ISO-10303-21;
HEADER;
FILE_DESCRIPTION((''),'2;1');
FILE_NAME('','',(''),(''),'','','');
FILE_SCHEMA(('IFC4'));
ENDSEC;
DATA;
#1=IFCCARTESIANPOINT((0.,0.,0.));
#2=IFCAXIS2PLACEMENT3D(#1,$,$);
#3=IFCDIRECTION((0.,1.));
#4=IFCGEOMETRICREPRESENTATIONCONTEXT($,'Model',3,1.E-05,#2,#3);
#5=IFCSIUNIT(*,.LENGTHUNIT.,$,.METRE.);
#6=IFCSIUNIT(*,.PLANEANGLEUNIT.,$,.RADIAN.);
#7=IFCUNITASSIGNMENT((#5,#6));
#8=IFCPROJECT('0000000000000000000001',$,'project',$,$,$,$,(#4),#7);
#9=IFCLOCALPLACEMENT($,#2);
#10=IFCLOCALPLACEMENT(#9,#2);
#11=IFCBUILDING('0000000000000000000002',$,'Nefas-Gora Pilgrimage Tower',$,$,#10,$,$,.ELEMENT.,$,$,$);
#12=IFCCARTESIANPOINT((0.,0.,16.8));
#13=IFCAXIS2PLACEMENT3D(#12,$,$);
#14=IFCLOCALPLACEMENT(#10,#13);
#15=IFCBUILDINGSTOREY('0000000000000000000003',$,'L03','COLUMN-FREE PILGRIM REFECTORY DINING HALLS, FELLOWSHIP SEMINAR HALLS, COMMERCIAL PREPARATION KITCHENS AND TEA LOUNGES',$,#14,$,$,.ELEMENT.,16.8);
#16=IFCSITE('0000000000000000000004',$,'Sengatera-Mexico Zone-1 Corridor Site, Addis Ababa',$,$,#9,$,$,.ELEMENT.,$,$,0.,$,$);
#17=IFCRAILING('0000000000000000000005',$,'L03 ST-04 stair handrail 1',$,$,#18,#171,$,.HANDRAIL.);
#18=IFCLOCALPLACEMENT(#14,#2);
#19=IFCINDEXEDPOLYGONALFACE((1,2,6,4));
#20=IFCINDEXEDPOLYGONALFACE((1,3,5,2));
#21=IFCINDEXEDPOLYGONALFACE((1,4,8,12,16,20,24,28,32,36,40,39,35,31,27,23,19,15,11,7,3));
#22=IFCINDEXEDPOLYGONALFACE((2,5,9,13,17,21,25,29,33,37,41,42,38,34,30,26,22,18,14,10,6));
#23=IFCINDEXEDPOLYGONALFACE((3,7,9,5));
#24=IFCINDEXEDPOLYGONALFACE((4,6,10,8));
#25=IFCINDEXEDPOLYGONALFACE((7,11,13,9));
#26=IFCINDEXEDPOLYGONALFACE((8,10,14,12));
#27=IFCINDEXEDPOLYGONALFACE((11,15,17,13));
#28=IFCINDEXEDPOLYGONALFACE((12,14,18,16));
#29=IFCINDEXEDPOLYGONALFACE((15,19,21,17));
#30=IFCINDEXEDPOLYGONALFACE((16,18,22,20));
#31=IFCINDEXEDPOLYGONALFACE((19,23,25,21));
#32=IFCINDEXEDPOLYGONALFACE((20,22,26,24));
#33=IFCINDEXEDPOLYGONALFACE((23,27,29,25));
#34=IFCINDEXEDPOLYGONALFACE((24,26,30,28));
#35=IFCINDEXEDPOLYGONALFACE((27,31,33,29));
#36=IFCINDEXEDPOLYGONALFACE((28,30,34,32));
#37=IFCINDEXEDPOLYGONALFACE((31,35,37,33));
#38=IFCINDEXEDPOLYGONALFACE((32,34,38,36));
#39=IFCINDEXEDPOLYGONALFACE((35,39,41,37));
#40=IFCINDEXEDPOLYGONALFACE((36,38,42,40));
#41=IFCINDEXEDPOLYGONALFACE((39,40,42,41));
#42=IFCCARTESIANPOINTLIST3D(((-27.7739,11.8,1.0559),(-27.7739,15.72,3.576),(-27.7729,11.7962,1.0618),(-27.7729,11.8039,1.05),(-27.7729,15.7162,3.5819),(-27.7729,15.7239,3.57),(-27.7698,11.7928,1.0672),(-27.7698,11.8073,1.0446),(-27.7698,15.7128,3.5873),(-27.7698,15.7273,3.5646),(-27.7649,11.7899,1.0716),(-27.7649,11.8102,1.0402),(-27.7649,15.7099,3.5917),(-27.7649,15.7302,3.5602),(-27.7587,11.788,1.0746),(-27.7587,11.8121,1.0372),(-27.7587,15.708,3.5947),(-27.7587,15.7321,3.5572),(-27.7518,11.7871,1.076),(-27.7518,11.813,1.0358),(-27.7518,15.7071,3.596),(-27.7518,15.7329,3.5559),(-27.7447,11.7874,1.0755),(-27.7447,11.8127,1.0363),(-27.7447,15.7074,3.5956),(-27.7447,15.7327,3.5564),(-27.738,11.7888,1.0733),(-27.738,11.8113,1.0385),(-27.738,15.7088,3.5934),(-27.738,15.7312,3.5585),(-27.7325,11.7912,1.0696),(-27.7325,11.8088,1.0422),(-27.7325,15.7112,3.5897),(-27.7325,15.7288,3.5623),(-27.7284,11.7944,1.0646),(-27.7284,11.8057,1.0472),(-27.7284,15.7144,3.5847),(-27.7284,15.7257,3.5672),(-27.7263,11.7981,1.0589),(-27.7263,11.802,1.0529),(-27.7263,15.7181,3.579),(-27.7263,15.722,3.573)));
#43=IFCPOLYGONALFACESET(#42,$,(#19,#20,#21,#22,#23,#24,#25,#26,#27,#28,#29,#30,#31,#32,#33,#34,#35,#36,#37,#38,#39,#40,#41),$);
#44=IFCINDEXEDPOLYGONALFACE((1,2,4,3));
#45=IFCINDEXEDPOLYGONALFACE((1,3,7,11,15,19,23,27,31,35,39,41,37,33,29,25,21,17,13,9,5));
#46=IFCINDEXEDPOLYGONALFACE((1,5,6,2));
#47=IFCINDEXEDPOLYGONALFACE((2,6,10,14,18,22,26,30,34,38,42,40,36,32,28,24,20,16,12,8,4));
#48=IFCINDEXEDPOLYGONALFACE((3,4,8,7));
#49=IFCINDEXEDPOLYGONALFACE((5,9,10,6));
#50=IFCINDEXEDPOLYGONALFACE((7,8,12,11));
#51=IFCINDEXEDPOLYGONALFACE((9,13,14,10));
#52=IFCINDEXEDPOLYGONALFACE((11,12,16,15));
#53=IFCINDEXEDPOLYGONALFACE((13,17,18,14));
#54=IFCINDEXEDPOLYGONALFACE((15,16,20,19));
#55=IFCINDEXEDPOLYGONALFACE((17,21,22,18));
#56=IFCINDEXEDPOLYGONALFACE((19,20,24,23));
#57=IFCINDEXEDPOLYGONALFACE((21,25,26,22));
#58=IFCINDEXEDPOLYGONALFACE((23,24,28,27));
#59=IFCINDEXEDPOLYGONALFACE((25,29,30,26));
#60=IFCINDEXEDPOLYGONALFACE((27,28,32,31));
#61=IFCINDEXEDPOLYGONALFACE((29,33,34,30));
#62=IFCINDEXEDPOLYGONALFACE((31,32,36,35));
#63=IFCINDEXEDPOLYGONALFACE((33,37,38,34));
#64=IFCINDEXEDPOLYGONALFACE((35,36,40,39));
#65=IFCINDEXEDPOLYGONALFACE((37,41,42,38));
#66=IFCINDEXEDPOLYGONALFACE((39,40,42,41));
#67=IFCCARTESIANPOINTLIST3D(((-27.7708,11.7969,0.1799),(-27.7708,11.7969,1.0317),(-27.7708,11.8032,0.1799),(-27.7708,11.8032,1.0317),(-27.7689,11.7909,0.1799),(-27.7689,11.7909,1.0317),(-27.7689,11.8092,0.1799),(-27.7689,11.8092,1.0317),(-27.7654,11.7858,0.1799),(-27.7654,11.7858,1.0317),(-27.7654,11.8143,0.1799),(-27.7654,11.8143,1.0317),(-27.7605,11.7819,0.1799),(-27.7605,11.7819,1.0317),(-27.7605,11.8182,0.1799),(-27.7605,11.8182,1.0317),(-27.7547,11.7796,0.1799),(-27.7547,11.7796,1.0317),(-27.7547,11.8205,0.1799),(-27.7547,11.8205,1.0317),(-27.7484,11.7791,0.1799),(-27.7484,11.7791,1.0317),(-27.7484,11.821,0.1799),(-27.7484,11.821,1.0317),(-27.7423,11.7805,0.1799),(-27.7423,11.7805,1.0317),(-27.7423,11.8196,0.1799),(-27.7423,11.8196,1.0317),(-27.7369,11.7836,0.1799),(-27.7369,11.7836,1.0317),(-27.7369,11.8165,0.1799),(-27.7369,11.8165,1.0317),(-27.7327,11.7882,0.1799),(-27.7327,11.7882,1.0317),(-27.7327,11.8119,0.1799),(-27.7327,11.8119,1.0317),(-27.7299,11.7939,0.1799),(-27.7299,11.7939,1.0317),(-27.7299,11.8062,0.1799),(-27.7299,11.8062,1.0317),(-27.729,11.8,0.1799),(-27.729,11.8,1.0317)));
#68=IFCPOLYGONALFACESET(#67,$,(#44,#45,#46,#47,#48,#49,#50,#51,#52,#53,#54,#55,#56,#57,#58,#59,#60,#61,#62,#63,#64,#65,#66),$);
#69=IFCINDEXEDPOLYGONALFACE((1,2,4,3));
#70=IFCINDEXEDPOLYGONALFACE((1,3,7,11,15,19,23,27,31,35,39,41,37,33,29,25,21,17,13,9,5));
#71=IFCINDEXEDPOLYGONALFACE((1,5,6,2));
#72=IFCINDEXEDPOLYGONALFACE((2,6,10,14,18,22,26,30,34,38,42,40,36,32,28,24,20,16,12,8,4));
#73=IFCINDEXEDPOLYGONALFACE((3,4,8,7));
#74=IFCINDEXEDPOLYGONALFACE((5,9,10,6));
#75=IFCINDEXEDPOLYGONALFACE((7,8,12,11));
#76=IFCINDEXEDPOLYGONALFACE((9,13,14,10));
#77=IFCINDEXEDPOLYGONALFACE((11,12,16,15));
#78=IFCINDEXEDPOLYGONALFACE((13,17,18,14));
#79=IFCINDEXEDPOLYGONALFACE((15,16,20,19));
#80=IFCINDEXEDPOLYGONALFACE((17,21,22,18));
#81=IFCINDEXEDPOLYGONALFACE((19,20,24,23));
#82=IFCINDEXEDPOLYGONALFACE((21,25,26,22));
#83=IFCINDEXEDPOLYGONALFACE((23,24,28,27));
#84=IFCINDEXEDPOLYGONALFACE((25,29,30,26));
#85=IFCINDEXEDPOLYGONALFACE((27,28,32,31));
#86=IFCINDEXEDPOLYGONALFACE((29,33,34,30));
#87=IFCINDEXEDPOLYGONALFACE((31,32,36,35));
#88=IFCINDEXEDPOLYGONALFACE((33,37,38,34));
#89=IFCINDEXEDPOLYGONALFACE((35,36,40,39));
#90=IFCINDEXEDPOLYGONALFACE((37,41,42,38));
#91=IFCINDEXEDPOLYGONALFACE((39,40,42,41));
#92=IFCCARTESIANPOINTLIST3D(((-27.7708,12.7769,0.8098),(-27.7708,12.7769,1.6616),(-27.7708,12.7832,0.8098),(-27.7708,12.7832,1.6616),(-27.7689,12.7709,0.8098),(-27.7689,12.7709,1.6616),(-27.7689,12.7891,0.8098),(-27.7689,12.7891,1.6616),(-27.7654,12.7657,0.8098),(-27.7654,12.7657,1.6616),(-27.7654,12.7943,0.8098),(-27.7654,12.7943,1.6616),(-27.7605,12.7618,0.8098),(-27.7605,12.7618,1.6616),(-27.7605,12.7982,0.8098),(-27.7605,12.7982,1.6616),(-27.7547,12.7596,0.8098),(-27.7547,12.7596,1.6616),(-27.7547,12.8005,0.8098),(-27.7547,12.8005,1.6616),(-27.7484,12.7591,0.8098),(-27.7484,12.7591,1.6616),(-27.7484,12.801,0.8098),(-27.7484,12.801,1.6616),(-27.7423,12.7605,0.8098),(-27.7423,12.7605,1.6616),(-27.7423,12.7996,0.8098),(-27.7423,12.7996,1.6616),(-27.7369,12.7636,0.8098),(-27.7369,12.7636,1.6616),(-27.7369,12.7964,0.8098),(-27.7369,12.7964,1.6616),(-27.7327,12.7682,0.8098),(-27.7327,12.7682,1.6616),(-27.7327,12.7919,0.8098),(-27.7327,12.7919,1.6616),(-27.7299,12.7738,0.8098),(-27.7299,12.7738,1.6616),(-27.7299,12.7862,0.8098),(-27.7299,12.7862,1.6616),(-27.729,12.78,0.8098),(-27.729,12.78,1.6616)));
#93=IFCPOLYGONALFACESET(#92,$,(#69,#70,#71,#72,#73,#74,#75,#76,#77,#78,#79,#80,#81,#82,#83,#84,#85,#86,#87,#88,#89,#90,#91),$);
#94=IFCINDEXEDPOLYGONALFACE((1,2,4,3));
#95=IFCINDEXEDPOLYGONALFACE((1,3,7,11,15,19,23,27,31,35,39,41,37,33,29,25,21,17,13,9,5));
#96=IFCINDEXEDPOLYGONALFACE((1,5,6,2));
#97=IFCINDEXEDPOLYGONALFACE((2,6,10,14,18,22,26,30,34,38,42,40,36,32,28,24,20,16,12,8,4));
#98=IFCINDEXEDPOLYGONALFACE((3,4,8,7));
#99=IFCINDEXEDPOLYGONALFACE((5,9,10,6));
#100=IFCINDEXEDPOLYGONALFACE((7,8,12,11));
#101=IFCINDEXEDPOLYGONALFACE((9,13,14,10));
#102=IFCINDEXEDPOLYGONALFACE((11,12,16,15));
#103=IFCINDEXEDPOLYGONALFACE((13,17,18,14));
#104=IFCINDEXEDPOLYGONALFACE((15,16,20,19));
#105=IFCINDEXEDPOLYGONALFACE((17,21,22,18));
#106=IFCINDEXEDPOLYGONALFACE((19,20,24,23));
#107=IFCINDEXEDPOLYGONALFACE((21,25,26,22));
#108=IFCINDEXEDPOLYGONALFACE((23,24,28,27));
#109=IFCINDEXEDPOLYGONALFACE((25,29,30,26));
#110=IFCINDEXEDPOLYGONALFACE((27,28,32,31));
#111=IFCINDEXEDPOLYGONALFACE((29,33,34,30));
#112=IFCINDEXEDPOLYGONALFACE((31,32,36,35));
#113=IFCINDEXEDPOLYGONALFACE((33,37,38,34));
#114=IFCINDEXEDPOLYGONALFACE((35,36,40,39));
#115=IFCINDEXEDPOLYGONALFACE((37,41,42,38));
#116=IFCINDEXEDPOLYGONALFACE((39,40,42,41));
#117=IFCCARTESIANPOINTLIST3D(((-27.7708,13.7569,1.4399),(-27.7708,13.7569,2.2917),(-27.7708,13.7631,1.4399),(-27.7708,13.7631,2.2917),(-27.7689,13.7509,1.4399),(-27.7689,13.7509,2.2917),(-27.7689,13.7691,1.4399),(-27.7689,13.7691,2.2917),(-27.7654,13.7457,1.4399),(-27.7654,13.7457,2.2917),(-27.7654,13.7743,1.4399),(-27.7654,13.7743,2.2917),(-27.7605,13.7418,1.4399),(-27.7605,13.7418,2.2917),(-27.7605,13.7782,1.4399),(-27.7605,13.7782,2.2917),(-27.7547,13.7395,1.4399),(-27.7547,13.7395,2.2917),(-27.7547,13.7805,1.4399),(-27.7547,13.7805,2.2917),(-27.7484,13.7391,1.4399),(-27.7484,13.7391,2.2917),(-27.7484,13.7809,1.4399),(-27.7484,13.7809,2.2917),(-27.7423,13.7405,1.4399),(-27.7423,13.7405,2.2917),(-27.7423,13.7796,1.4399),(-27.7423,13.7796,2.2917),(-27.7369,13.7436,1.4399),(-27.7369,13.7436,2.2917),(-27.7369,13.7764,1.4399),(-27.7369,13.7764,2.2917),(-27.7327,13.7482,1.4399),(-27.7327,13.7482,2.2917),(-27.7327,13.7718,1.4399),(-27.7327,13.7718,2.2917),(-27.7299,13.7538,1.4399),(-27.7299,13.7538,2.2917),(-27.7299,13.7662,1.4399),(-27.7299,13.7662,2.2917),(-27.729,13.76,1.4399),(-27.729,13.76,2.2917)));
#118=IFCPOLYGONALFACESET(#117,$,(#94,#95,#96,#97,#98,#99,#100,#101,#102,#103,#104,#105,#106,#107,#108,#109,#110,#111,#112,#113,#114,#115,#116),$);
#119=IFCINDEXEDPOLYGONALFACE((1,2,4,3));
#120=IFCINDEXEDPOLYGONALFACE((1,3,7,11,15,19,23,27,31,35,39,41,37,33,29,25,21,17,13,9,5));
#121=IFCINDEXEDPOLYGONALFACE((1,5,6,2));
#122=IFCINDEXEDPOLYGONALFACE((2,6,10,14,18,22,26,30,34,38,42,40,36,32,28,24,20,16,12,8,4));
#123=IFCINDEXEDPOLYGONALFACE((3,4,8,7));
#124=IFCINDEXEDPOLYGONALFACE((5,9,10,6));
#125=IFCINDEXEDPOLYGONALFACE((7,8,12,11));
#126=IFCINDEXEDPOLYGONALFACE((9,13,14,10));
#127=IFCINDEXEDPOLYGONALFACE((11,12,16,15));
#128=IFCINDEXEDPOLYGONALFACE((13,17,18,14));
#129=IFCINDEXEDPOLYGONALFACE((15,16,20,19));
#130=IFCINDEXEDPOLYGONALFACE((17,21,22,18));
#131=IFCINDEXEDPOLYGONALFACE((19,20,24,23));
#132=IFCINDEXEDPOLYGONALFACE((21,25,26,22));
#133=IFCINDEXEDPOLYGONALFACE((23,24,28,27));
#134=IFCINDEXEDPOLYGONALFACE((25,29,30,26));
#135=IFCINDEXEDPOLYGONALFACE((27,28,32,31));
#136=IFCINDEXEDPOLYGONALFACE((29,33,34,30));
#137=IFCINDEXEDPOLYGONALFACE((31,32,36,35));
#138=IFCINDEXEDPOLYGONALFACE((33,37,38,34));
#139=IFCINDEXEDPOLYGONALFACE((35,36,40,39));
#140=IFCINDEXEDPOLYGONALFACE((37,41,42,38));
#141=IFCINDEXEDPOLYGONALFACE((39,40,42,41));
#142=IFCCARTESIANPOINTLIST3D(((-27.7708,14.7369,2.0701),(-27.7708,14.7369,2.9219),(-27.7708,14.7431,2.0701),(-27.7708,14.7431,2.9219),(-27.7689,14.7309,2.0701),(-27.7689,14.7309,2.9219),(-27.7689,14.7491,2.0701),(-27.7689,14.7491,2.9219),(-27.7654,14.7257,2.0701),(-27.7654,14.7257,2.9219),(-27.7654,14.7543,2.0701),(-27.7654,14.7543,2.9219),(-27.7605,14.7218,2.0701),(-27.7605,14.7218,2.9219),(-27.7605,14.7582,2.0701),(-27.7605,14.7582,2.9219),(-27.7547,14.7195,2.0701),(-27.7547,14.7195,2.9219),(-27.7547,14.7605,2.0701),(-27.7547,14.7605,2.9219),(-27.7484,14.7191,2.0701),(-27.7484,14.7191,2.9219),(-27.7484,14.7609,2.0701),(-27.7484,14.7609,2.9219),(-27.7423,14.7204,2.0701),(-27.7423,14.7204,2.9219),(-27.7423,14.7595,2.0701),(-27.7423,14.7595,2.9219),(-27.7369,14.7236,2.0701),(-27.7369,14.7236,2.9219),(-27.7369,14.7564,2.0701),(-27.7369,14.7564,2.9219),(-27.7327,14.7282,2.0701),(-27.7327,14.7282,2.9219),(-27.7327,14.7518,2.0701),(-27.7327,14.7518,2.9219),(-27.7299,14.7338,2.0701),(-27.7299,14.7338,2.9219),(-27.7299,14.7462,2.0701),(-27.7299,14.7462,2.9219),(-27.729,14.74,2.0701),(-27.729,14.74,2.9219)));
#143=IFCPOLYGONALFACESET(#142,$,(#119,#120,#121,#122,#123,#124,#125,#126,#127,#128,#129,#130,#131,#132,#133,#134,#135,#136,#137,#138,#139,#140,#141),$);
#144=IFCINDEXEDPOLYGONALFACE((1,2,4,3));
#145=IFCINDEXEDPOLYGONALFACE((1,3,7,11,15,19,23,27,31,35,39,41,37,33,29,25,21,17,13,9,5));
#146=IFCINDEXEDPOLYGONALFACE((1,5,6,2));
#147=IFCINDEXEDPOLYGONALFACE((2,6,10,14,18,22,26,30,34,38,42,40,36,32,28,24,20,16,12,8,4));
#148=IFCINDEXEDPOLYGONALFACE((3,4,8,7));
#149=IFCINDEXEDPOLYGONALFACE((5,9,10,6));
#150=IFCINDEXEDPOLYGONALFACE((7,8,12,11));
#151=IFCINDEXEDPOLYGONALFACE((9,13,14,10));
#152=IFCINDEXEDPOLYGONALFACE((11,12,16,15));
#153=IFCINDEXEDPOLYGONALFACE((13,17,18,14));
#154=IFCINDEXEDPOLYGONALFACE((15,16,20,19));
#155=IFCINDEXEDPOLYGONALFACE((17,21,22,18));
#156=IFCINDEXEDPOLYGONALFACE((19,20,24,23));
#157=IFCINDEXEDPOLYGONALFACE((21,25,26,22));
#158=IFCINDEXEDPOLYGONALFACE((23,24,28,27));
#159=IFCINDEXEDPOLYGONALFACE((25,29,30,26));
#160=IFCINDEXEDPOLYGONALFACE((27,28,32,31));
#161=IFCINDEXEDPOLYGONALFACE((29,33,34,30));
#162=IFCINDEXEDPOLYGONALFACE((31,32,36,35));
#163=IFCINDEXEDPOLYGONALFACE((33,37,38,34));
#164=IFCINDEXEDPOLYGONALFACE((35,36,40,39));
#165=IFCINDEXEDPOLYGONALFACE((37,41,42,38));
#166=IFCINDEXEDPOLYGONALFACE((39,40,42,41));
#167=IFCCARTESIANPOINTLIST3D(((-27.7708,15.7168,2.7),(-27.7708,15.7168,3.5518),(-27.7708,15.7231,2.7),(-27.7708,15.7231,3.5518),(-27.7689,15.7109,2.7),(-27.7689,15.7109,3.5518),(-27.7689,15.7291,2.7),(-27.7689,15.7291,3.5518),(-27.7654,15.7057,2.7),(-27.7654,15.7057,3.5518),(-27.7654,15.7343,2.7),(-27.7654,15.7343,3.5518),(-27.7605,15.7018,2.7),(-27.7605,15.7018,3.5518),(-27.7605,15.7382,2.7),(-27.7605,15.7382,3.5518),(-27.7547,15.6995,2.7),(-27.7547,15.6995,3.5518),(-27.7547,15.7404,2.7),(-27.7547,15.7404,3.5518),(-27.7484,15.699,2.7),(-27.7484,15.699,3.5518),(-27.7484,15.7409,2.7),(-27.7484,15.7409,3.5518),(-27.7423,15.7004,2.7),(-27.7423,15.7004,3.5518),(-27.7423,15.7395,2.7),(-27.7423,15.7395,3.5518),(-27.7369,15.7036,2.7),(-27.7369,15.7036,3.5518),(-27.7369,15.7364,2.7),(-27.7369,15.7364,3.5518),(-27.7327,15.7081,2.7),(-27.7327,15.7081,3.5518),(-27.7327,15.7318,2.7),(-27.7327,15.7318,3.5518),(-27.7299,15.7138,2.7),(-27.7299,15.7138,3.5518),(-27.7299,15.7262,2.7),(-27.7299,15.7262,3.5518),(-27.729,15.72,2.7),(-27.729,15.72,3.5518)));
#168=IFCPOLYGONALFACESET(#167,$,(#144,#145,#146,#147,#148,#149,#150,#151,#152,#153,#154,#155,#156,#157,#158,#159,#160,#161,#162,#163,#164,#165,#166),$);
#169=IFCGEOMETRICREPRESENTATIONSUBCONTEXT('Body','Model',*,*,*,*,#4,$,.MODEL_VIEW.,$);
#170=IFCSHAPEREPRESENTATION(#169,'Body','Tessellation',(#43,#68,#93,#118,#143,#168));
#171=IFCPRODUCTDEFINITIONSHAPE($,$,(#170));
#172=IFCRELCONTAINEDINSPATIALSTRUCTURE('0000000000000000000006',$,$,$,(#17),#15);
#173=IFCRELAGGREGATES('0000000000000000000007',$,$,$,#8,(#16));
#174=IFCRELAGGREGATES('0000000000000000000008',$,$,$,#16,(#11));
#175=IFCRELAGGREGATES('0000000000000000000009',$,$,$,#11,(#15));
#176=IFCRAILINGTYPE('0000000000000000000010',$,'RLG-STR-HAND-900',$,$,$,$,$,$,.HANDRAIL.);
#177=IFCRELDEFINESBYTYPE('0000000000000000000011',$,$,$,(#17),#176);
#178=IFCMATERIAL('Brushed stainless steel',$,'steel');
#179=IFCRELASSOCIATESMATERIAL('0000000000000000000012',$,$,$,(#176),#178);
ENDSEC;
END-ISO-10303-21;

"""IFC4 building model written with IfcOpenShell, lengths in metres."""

from ifc_helpers import new_model, si_unit, direction, frame, origin, origin_2d, place, context, subcontext, project, spatial, circle, extrude, material, type_object, element, save


model = new_model("IFC4")

# Units and contexts
model_context = context("Model", 3, precision=1e-05, world=origin(), true_north=direction((0.0, 1.0)))
body_context = subcontext(model_context, "Body", "Model", "MODEL_VIEW")
ifc_project = project(units=[si_unit("LENGTHUNIT", "METRE"), si_unit("PLANEANGLEUNIT", "RADIAN")], contexts=[model_context])

# Site, building, storey
site_placement = place(None, origin())
site = spatial("IfcSite", under=ifc_project, at=site_placement, Name="Sengatera-Mexico Zone-1 Corridor Site, Addis Ababa", CompositionType="ELEMENT", RefElevation=0.0)
building_placement = place(site_placement, origin())
building = spatial("IfcBuilding", under=site, at=building_placement, Name="Nefas-Gora Pilgrimage Tower", CompositionType="ELEMENT")
storey_placement = place(building_placement, frame((0.0, 0.0, 16.8)))
storey = spatial("IfcBuildingStorey", under=building, at=storey_placement, Name="L03", Description="COLUMN-FREE PILGRIM REFECTORY DINING HALLS, FELLOWSHIP SEMINAR HALLS, COMMERCIAL PREPARATION KITCHENS AND TEA LOUNGES", CompositionType="ELEMENT", Elevation=16.8)

# Railing
ifc_material_1 = material(Name="Brushed stainless steel", Category="steel")
railing_type_1 = type_object("IfcRailingType", Name="RLG-STR-HAND-900", PredefinedType="HANDRAIL", material=ifc_material_1)
railing_1_placement = place(storey_placement, frame((-27.75, 11.8, 0.1799)))
element("IfcRailing", 1, at=railing_1_placement, inside=storey, type_object=railing_type_1, Name="L03 ST-04 stair handrail 1", PredefinedType="HANDRAIL", context=body_context, shape_type="SweptSolid", body=[
    extrude(circle(Radius=0.0239, at=origin_2d()), frame((0.0, 0.0, 0.876), z_axis=(0.0, 0.841172, 0.540768), x_axis=(-1.0, 0.0, 0.0)), (0.0, 0.0, 1.0), 4.6602),
    extrude(circle(Radius=0.021, at=origin_2d()), origin(), (0.0, 0.0, 1.0), 0.8518),
    extrude(circle(Radius=0.021, at=origin_2d()), frame((0.0, 0.98, 0.6299)), (0.0, 0.0, 1.0), 0.8518),
    extrude(circle(Radius=0.021, at=origin_2d()), frame((0.0, 1.96, 1.26)), (0.0, 0.0, 1.0), 0.8518),
    extrude(circle(Radius=0.021, at=origin_2d()), frame((0.0, 2.9399, 1.8901)), (0.0, 0.0, 1.0), 0.8518),
    extrude(circle(Radius=0.021, at=origin_2d()), frame((0.0, 3.9199, 2.52)), (0.0, 0.0, 1.0), 0.8518),
])

save(model, "model.ifc")
